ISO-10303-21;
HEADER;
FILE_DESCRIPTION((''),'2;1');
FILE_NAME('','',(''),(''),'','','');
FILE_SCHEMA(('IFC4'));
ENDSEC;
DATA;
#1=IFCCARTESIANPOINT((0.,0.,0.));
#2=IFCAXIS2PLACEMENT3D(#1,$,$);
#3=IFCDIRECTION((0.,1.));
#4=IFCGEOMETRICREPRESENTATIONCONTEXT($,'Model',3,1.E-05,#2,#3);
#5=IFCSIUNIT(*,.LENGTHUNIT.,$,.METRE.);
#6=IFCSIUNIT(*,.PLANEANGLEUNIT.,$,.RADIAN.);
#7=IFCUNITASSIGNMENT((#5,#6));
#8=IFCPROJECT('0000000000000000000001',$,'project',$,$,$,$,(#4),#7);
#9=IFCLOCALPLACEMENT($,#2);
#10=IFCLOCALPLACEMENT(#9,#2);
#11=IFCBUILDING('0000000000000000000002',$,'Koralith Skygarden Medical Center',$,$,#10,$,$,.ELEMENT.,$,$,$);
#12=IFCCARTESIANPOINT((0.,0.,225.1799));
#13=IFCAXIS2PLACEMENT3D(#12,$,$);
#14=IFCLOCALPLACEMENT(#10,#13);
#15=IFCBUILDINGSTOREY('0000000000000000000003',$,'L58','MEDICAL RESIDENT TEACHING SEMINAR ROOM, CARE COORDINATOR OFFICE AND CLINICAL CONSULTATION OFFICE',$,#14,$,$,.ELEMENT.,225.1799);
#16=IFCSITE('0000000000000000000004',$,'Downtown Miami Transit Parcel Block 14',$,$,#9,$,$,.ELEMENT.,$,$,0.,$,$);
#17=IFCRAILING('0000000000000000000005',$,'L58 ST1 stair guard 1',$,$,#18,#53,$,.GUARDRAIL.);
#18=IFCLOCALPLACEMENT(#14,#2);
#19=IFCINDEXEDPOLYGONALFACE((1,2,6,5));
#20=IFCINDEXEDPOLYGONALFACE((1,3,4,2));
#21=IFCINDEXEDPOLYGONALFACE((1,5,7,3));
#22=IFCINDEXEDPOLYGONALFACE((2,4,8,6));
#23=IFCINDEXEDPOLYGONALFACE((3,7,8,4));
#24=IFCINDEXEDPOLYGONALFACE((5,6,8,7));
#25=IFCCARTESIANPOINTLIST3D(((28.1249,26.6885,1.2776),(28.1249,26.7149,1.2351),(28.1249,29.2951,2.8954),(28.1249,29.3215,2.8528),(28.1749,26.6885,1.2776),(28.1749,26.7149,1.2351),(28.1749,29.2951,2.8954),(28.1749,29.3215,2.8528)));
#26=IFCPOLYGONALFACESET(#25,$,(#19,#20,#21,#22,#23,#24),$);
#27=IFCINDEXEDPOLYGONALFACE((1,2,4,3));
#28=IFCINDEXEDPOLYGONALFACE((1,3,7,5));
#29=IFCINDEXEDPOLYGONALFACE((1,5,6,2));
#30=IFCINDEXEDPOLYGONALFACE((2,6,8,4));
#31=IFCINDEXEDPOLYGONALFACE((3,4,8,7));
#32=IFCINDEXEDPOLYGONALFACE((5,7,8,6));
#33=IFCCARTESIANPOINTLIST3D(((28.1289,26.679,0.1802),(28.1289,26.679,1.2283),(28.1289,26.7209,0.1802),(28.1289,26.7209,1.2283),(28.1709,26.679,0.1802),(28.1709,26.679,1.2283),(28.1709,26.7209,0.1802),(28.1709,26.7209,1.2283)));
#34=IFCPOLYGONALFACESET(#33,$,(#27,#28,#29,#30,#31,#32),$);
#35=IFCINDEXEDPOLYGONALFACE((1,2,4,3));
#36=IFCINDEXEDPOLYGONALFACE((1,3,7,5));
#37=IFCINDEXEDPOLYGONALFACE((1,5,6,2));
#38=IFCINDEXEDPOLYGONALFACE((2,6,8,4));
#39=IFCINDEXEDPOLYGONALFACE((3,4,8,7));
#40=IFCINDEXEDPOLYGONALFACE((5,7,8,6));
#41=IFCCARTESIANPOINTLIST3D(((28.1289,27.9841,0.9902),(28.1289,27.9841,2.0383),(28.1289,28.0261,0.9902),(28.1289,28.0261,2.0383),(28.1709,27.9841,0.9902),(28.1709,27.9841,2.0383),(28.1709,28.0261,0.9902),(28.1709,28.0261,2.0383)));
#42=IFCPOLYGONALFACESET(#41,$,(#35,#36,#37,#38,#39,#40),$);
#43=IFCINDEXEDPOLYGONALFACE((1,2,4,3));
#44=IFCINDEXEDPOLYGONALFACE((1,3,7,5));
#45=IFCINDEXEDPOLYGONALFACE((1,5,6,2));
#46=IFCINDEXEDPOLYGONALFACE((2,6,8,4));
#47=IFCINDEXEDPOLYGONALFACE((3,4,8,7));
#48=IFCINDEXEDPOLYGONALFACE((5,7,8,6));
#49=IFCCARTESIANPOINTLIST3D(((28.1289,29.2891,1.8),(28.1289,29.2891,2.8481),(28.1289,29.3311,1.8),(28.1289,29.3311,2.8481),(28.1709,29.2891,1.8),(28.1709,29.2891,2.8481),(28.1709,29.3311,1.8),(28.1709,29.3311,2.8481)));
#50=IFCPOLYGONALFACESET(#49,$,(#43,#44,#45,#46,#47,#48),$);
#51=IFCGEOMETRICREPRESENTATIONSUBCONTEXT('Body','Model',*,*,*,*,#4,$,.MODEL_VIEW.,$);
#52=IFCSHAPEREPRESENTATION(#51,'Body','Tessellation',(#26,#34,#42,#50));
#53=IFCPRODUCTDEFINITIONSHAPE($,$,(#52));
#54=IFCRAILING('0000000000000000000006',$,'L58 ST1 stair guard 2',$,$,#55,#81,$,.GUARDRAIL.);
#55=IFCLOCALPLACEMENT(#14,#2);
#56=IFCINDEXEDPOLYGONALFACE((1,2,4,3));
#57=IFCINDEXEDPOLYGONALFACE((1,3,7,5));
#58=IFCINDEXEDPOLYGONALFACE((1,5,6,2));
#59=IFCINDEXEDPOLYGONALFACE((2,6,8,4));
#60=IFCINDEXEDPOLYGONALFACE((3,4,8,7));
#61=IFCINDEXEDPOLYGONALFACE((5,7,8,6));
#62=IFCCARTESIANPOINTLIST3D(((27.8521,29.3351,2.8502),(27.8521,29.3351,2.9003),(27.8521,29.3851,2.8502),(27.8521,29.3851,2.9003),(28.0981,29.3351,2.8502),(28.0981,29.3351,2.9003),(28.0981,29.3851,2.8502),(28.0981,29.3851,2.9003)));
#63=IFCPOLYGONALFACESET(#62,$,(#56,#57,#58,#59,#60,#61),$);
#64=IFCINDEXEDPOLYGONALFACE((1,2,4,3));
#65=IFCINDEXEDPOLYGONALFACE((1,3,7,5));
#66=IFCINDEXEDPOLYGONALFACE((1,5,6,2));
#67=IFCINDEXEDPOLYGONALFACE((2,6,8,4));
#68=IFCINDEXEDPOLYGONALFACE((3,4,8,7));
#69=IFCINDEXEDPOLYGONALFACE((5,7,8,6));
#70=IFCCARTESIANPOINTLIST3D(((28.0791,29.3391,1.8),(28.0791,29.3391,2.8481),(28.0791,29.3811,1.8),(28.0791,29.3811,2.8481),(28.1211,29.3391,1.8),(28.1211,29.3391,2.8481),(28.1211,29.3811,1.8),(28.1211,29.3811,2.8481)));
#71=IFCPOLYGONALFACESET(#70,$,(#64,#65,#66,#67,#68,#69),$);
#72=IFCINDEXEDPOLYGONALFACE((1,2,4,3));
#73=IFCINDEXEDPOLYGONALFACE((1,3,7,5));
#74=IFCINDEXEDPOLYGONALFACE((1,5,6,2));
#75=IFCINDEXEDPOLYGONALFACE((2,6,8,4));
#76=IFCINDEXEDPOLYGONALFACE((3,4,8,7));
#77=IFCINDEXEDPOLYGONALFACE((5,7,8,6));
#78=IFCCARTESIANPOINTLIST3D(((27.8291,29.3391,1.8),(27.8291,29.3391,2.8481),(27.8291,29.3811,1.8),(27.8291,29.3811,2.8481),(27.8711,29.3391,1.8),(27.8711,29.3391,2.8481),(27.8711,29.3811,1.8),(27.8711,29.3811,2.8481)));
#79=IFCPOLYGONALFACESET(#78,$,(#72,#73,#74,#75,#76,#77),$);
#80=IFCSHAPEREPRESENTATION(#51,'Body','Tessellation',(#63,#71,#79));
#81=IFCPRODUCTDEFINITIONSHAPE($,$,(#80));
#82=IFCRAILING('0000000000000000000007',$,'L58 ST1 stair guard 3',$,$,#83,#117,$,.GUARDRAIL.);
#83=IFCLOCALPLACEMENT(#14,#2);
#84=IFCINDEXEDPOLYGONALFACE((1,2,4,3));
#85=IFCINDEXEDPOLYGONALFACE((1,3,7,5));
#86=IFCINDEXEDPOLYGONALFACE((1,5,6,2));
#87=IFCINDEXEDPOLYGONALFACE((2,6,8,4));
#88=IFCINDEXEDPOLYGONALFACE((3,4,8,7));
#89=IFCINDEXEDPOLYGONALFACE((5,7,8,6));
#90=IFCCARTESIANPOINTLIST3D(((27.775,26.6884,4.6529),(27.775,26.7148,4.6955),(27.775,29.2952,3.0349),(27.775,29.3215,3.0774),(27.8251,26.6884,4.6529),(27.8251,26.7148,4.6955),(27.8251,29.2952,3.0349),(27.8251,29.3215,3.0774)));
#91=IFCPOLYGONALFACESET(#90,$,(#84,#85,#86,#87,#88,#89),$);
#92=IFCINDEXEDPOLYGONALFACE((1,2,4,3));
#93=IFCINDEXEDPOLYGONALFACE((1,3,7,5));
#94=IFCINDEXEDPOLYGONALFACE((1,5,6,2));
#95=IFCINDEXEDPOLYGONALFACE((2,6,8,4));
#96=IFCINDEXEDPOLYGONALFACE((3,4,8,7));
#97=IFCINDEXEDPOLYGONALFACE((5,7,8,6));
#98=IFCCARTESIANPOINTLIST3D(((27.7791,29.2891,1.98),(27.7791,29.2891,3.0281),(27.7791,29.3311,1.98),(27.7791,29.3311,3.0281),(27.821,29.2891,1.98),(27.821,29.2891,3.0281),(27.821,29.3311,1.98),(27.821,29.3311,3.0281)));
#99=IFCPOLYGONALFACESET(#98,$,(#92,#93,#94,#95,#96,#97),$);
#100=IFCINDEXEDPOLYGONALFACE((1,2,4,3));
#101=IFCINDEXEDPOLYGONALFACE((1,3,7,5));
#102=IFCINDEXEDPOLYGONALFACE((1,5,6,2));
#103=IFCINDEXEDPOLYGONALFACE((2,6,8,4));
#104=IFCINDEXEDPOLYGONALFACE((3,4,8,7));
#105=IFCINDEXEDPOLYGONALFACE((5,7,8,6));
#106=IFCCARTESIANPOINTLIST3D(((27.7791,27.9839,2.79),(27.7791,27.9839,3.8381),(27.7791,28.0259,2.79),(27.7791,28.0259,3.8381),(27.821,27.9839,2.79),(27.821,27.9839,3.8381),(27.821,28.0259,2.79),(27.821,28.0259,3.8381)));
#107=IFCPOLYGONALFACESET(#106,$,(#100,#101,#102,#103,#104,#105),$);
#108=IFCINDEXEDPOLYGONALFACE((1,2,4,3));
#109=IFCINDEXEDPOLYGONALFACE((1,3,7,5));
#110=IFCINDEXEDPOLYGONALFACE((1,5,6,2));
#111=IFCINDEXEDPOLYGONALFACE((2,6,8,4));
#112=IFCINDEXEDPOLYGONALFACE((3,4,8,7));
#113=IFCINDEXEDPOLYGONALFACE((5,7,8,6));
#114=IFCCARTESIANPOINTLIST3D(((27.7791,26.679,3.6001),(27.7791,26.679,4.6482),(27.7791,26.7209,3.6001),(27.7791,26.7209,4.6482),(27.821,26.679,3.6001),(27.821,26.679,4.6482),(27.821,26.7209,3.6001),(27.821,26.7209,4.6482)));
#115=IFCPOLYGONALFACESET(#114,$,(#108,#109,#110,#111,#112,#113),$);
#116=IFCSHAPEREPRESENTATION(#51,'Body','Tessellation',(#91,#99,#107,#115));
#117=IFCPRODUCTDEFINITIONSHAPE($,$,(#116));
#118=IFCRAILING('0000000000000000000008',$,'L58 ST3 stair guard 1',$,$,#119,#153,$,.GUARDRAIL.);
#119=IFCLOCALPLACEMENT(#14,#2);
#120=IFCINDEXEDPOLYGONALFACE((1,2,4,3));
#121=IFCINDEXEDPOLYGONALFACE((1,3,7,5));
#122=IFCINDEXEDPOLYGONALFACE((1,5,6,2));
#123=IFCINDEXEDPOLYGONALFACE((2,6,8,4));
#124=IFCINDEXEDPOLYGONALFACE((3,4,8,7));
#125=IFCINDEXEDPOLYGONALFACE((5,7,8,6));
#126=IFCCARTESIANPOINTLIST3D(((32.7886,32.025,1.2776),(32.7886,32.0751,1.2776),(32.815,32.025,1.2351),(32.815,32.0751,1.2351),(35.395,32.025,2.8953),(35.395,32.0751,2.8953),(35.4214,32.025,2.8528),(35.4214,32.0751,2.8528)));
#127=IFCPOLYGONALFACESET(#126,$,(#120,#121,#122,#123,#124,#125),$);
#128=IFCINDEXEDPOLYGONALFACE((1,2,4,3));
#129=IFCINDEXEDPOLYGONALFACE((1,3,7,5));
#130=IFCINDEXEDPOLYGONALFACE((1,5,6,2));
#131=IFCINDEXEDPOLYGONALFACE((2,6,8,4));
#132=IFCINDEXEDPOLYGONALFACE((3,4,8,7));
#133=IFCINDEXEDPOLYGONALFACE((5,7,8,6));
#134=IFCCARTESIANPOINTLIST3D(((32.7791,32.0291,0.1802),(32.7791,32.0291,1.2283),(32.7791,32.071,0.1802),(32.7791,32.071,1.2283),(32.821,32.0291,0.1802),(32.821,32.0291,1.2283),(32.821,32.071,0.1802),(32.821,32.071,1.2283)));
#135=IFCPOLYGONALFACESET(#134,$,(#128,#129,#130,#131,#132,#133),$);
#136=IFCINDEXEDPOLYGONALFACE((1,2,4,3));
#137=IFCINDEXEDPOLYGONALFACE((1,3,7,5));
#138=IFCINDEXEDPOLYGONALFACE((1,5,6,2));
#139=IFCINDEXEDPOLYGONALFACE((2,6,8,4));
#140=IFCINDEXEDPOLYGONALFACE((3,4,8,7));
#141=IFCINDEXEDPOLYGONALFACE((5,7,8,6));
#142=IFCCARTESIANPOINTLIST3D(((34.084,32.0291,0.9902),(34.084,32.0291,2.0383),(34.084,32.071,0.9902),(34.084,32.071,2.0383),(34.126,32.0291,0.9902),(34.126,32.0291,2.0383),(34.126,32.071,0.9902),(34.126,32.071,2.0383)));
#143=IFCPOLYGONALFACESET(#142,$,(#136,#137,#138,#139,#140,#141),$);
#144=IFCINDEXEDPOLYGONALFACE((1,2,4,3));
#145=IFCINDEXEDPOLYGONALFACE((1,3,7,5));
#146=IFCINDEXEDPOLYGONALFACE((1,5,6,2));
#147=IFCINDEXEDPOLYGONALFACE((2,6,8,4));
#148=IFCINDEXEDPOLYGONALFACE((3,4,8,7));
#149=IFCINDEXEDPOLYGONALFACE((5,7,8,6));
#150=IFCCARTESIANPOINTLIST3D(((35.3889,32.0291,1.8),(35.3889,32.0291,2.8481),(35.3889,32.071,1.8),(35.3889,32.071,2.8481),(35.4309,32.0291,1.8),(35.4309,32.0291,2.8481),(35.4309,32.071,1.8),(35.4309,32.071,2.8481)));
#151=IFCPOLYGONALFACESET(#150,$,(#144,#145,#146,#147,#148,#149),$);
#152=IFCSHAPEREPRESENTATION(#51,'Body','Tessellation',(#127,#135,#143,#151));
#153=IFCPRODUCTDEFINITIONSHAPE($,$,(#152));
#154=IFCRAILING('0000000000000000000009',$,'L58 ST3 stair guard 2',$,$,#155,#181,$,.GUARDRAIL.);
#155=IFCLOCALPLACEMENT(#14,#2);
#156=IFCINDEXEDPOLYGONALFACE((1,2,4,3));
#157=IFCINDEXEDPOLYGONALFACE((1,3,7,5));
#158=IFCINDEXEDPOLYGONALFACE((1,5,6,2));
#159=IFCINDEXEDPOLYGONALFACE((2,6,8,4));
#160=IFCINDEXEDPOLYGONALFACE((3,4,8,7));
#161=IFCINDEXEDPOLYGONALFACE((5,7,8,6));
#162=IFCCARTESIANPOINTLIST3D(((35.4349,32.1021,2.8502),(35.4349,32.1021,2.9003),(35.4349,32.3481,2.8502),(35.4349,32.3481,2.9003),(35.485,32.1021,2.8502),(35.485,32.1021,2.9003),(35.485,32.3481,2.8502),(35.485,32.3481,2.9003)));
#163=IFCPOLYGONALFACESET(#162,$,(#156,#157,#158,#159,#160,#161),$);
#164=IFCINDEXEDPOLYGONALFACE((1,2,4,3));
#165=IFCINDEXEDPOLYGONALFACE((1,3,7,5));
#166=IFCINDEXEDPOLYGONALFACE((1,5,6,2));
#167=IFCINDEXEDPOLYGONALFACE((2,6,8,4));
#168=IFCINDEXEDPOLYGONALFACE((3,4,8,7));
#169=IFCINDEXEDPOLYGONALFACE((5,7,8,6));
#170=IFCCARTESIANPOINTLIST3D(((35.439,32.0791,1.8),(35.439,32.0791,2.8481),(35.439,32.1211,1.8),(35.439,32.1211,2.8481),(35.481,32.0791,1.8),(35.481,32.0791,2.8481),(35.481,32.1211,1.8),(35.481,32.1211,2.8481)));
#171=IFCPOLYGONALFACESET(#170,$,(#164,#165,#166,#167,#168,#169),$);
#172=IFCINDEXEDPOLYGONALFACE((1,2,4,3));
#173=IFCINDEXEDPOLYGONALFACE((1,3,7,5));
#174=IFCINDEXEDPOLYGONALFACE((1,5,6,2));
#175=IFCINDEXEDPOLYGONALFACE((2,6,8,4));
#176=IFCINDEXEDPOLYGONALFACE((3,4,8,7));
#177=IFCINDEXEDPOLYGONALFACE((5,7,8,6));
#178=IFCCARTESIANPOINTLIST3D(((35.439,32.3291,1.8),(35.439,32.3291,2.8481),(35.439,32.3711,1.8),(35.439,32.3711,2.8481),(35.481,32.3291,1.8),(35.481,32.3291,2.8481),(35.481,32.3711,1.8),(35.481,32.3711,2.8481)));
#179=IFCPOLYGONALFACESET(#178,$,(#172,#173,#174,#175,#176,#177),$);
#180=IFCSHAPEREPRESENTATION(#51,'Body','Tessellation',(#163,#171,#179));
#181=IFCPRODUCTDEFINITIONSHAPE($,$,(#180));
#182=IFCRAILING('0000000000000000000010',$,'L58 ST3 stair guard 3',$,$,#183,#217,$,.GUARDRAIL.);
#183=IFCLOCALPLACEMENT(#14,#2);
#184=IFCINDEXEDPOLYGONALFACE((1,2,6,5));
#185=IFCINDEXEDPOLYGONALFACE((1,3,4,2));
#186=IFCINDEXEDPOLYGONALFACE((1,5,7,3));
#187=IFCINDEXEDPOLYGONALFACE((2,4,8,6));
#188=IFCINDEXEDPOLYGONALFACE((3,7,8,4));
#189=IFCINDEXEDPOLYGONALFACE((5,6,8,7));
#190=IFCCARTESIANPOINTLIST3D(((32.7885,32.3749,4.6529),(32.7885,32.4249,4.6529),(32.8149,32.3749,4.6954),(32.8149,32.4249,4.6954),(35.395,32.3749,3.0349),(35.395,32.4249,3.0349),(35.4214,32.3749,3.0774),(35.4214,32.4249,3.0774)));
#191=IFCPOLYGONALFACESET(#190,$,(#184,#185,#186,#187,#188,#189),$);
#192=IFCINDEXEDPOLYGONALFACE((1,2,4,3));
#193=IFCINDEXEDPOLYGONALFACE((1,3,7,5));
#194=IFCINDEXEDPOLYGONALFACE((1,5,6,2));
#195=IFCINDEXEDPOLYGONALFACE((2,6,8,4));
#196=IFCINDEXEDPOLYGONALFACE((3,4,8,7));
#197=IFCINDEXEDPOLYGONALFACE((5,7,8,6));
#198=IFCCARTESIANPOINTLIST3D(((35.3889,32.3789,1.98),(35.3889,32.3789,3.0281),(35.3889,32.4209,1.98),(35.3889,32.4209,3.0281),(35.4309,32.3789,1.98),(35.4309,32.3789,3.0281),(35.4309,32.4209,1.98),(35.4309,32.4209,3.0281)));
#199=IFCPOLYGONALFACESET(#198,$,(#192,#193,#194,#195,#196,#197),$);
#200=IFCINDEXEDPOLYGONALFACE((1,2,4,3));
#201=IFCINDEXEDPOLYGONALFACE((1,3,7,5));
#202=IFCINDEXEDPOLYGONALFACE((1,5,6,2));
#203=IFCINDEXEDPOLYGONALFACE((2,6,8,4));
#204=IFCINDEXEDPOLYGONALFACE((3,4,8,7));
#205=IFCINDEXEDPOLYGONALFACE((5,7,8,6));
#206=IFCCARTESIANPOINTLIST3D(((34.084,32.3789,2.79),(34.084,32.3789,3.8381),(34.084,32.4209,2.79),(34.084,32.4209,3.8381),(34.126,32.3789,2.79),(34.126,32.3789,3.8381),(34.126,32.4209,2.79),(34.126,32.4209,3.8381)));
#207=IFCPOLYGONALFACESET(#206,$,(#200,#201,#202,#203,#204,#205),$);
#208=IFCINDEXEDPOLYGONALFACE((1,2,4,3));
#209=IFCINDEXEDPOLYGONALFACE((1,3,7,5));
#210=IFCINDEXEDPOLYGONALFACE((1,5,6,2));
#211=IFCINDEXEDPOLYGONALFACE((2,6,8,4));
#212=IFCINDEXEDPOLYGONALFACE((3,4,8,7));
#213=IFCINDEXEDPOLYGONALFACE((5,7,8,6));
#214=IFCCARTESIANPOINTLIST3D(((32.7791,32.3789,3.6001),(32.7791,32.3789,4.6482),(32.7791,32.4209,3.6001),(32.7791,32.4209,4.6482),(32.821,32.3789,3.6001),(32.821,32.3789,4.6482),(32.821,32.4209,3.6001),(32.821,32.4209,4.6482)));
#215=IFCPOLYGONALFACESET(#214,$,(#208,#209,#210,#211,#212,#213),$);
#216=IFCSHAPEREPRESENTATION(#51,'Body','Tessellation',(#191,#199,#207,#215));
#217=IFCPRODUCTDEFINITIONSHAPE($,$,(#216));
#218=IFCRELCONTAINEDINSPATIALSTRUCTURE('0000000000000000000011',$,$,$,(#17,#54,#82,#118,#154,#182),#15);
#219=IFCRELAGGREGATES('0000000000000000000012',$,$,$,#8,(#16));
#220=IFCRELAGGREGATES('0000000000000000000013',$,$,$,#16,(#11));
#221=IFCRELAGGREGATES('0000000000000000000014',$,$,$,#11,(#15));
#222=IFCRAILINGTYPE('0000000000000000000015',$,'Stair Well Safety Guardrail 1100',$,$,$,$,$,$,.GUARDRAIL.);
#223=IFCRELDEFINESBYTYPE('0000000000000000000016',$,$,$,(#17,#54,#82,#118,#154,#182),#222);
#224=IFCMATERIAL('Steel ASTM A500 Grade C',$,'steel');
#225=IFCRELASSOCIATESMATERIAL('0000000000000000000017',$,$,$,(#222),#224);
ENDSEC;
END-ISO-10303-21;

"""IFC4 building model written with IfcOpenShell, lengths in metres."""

from ifc_helpers import new_model, si_unit, direction, frame, origin, origin_2d, place, context, subcontext, project, spatial, rectangle, extrude, material, type_object, element, save


model = new_model("IFC4")

# Units and contexts
model_context = context("Model", 3, precision=1e-05, world=origin(), true_north=direction((0.0, 1.0)))
body_context = subcontext(model_context, "Body", "Model", "MODEL_VIEW")
ifc_project = project(units=[si_unit("LENGTHUNIT", "METRE"), si_unit("PLANEANGLEUNIT", "RADIAN")], contexts=[model_context])

# Site, building, storey
site_placement = place(None, origin())
site = spatial("IfcSite", under=ifc_project, at=site_placement, Name="Downtown Miami Transit Parcel Block 14", CompositionType="ELEMENT", RefElevation=0.0)
building_placement = place(site_placement, origin())
building = spatial("IfcBuilding", under=site, at=building_placement, Name="Koralith Skygarden Medical Center", CompositionType="ELEMENT")
storey_placement = place(building_placement, frame((0.0, 0.0, 225.1799)))
storey = spatial("IfcBuildingStorey", under=building, at=storey_placement, Name="L58", Description="MEDICAL RESIDENT TEACHING SEMINAR ROOM, CARE COORDINATOR OFFICE AND CLINICAL CONSULTATION OFFICE", CompositionType="ELEMENT", Elevation=225.1799)

# Railings
ifc_material_1 = material(Name="Steel ASTM A500 Grade C", Category="steel")
railing_type_1 = type_object("IfcRailingType", Name="Stair Well Safety Guardrail 1100", PredefinedType="GUARDRAIL", material=ifc_material_1)
railing_1_placement = place(storey_placement, frame((28.1499, 26.7, 0.1802)))
element("IfcRailing", 1, at=railing_1_placement, inside=storey, type_object=railing_type_1, Name="L58 ST1 stair guard 1", PredefinedType="GUARDRAIL", context=body_context, shape_type="SweptSolid", body=[
    extrude(rectangle(XDim=0.05, YDim=0.05, at=origin_2d()), frame((0.0, 0.0017, 1.0762), z_axis=(0.0, 0.849668, 0.527317), x_axis=(-1.0, 0.0, 0.0)), (0.0, 0.0, 1.0), 3.0679),
    extrude(rectangle(XDim=0.042, YDim=0.042, at=origin_2d()), origin(), (0.0, 0.0, 1.0), 1.0481),
    extrude(rectangle(XDim=0.042, YDim=0.042, at=origin_2d()), frame((0.0, 1.3052, 0.8101)), (0.0, 0.0, 1.0), 1.0481),
    extrude(rectangle(XDim=0.042, YDim=0.042, at=origin_2d()), frame((0.0, 2.6101, 1.6199)), (0.0, 0.0, 1.0), 1.0481),
])
railing_2_placement = place(storey_placement, frame((28.1001, 29.3601, 1.8)))
element("IfcRailing", 2, at=railing_2_placement, inside=storey, type_object=railing_type_1, Name="L58 ST1 stair guard 2", PredefinedType="GUARDRAIL", context=body_context, shape_type="SweptSolid", body=[
    extrude(rectangle(XDim=0.05, YDim=0.05, at=origin_2d()), frame((-0.002, 0.0, 1.0752), z_axis=(-1.0, 0.0, 0.0), x_axis=(0.0, -1.0, 0.0)), (0.0, 0.0, 1.0), 0.2461),
    extrude(rectangle(XDim=0.042, YDim=0.042, at=origin_2d()), origin(), (0.0, 0.0, 1.0), 1.0481),
    extrude(rectangle(XDim=0.042, YDim=0.042, at=origin_2d()), frame((-0.25, 0.0, 0.0)), (0.0, 0.0, 1.0), 1.0481),
])
railing_3_placement = place(storey_placement, frame((27.8, 29.3101, 1.98)))
element("IfcRailing", 3, at=railing_3_placement, inside=storey, type_object=railing_type_1, Name="L58 ST1 stair guard 3", PredefinedType="GUARDRAIL", context=body_context, shape_type="SweptSolid", body=[
    extrude(rectangle(XDim=0.05, YDim=0.05, at=origin_2d()), frame((0.0, -0.0017, 1.0762), z_axis=(0.0, -0.849633, 0.527375), x_axis=(1.0, 0.0, 0.0)), (0.0, 0.0, 1.0), 3.0681),
    extrude(rectangle(XDim=0.042, YDim=0.042, at=origin_2d()), origin(), (0.0, 0.0, 1.0), 1.0481),
    extrude(rectangle(XDim=0.042, YDim=0.042, at=origin_2d()), frame((0.0, -1.3052, 0.8101)), (0.0, 0.0, 1.0), 1.0481),
    extrude(rectangle(XDim=0.042, YDim=0.042, at=origin_2d()), frame((0.0, -2.6101, 1.6201)), (0.0, 0.0, 1.0), 1.0481),
])
railing_4_placement = place(storey_placement, frame((32.8, 32.05, 0.1802)))
element("IfcRailing", 4, at=railing_4_placement, inside=storey, type_object=railing_type_1, Name="L58 ST3 stair guard 1", PredefinedType="GUARDRAIL", context=body_context, shape_type="SweptSolid", body=[
    extrude(rectangle(XDim=0.05, YDim=0.05, at=origin_2d()), frame((0.0017, 0.0, 1.0762), z_axis=(0.849646, 0.0, 0.527353), x_axis=(0.0, 1.0, 0.0)), (0.0, 0.0, 1.0), 3.0676),
    extrude(rectangle(XDim=0.042, YDim=0.042, at=origin_2d()), origin(), (0.0, 0.0, 1.0), 1.0481),
    extrude(rectangle(XDim=0.042, YDim=0.042, at=origin_2d()), frame((1.3049, 0.0, 0.8101)), (0.0, 0.0, 1.0), 1.0481),
    extrude(rectangle(XDim=0.042, YDim=0.042, at=origin_2d()), frame((2.6099, 0.0, 1.6199)), (0.0, 0.0, 1.0), 1.0481),
])
railing_5_placement = place(storey_placement, frame((35.46, 32.1001, 1.8)))
element("IfcRailing", 5, at=railing_5_placement, inside=storey, type_object=railing_type_1, Name="L58 ST3 stair guard 2", PredefinedType="GUARDRAIL", context=body_context, shape_type="SweptSolid", body=[
    extrude(rectangle(XDim=0.05, YDim=0.05, at=origin_2d()), frame((0.0, 0.002, 1.0752), z_axis=(0.0, 1.0, 0.0), x_axis=(-1.0, 0.0, 0.0)), (0.0, 0.0, 1.0), 0.2461),
    extrude(rectangle(XDim=0.042, YDim=0.042, at=origin_2d()), origin(), (0.0, 0.0, 1.0), 1.0481),
    extrude(rectangle(XDim=0.042, YDim=0.042, at=origin_2d()), frame((0.0, 0.25, 0.0)), (0.0, 0.0, 1.0), 1.0481),
])
railing_6_placement = place(storey_placement, frame((35.4099, 32.3999, 1.98)))
element("IfcRailing", 6, at=railing_6_placement, inside=storey, type_object=railing_type_1, Name="L58 ST3 stair guard 3", PredefinedType="GUARDRAIL", context=body_context, shape_type="SweptSolid", body=[
    extrude(rectangle(XDim=0.05, YDim=0.05, at=origin_2d()), frame((-0.0017, 0.0, 1.0762), z_axis=(-0.849611, 0.0, 0.52741), x_axis=(0.0, -1.0, 0.0)), (0.0, 0.0, 1.0), 3.0679),
    extrude(rectangle(XDim=0.042, YDim=0.042, at=origin_2d()), origin(), (0.0, 0.0, 1.0), 1.0481),
    extrude(rectangle(XDim=0.042, YDim=0.042, at=origin_2d()), frame((-1.3049, 0.0, 0.8101)), (0.0, 0.0, 1.0), 1.0481),
    extrude(rectangle(XDim=0.042, YDim=0.042, at=origin_2d()), frame((-2.6099, 0.0, 1.6201)), (0.0, 0.0, 1.0), 1.0481),
])

save(model, "model.ifc")
